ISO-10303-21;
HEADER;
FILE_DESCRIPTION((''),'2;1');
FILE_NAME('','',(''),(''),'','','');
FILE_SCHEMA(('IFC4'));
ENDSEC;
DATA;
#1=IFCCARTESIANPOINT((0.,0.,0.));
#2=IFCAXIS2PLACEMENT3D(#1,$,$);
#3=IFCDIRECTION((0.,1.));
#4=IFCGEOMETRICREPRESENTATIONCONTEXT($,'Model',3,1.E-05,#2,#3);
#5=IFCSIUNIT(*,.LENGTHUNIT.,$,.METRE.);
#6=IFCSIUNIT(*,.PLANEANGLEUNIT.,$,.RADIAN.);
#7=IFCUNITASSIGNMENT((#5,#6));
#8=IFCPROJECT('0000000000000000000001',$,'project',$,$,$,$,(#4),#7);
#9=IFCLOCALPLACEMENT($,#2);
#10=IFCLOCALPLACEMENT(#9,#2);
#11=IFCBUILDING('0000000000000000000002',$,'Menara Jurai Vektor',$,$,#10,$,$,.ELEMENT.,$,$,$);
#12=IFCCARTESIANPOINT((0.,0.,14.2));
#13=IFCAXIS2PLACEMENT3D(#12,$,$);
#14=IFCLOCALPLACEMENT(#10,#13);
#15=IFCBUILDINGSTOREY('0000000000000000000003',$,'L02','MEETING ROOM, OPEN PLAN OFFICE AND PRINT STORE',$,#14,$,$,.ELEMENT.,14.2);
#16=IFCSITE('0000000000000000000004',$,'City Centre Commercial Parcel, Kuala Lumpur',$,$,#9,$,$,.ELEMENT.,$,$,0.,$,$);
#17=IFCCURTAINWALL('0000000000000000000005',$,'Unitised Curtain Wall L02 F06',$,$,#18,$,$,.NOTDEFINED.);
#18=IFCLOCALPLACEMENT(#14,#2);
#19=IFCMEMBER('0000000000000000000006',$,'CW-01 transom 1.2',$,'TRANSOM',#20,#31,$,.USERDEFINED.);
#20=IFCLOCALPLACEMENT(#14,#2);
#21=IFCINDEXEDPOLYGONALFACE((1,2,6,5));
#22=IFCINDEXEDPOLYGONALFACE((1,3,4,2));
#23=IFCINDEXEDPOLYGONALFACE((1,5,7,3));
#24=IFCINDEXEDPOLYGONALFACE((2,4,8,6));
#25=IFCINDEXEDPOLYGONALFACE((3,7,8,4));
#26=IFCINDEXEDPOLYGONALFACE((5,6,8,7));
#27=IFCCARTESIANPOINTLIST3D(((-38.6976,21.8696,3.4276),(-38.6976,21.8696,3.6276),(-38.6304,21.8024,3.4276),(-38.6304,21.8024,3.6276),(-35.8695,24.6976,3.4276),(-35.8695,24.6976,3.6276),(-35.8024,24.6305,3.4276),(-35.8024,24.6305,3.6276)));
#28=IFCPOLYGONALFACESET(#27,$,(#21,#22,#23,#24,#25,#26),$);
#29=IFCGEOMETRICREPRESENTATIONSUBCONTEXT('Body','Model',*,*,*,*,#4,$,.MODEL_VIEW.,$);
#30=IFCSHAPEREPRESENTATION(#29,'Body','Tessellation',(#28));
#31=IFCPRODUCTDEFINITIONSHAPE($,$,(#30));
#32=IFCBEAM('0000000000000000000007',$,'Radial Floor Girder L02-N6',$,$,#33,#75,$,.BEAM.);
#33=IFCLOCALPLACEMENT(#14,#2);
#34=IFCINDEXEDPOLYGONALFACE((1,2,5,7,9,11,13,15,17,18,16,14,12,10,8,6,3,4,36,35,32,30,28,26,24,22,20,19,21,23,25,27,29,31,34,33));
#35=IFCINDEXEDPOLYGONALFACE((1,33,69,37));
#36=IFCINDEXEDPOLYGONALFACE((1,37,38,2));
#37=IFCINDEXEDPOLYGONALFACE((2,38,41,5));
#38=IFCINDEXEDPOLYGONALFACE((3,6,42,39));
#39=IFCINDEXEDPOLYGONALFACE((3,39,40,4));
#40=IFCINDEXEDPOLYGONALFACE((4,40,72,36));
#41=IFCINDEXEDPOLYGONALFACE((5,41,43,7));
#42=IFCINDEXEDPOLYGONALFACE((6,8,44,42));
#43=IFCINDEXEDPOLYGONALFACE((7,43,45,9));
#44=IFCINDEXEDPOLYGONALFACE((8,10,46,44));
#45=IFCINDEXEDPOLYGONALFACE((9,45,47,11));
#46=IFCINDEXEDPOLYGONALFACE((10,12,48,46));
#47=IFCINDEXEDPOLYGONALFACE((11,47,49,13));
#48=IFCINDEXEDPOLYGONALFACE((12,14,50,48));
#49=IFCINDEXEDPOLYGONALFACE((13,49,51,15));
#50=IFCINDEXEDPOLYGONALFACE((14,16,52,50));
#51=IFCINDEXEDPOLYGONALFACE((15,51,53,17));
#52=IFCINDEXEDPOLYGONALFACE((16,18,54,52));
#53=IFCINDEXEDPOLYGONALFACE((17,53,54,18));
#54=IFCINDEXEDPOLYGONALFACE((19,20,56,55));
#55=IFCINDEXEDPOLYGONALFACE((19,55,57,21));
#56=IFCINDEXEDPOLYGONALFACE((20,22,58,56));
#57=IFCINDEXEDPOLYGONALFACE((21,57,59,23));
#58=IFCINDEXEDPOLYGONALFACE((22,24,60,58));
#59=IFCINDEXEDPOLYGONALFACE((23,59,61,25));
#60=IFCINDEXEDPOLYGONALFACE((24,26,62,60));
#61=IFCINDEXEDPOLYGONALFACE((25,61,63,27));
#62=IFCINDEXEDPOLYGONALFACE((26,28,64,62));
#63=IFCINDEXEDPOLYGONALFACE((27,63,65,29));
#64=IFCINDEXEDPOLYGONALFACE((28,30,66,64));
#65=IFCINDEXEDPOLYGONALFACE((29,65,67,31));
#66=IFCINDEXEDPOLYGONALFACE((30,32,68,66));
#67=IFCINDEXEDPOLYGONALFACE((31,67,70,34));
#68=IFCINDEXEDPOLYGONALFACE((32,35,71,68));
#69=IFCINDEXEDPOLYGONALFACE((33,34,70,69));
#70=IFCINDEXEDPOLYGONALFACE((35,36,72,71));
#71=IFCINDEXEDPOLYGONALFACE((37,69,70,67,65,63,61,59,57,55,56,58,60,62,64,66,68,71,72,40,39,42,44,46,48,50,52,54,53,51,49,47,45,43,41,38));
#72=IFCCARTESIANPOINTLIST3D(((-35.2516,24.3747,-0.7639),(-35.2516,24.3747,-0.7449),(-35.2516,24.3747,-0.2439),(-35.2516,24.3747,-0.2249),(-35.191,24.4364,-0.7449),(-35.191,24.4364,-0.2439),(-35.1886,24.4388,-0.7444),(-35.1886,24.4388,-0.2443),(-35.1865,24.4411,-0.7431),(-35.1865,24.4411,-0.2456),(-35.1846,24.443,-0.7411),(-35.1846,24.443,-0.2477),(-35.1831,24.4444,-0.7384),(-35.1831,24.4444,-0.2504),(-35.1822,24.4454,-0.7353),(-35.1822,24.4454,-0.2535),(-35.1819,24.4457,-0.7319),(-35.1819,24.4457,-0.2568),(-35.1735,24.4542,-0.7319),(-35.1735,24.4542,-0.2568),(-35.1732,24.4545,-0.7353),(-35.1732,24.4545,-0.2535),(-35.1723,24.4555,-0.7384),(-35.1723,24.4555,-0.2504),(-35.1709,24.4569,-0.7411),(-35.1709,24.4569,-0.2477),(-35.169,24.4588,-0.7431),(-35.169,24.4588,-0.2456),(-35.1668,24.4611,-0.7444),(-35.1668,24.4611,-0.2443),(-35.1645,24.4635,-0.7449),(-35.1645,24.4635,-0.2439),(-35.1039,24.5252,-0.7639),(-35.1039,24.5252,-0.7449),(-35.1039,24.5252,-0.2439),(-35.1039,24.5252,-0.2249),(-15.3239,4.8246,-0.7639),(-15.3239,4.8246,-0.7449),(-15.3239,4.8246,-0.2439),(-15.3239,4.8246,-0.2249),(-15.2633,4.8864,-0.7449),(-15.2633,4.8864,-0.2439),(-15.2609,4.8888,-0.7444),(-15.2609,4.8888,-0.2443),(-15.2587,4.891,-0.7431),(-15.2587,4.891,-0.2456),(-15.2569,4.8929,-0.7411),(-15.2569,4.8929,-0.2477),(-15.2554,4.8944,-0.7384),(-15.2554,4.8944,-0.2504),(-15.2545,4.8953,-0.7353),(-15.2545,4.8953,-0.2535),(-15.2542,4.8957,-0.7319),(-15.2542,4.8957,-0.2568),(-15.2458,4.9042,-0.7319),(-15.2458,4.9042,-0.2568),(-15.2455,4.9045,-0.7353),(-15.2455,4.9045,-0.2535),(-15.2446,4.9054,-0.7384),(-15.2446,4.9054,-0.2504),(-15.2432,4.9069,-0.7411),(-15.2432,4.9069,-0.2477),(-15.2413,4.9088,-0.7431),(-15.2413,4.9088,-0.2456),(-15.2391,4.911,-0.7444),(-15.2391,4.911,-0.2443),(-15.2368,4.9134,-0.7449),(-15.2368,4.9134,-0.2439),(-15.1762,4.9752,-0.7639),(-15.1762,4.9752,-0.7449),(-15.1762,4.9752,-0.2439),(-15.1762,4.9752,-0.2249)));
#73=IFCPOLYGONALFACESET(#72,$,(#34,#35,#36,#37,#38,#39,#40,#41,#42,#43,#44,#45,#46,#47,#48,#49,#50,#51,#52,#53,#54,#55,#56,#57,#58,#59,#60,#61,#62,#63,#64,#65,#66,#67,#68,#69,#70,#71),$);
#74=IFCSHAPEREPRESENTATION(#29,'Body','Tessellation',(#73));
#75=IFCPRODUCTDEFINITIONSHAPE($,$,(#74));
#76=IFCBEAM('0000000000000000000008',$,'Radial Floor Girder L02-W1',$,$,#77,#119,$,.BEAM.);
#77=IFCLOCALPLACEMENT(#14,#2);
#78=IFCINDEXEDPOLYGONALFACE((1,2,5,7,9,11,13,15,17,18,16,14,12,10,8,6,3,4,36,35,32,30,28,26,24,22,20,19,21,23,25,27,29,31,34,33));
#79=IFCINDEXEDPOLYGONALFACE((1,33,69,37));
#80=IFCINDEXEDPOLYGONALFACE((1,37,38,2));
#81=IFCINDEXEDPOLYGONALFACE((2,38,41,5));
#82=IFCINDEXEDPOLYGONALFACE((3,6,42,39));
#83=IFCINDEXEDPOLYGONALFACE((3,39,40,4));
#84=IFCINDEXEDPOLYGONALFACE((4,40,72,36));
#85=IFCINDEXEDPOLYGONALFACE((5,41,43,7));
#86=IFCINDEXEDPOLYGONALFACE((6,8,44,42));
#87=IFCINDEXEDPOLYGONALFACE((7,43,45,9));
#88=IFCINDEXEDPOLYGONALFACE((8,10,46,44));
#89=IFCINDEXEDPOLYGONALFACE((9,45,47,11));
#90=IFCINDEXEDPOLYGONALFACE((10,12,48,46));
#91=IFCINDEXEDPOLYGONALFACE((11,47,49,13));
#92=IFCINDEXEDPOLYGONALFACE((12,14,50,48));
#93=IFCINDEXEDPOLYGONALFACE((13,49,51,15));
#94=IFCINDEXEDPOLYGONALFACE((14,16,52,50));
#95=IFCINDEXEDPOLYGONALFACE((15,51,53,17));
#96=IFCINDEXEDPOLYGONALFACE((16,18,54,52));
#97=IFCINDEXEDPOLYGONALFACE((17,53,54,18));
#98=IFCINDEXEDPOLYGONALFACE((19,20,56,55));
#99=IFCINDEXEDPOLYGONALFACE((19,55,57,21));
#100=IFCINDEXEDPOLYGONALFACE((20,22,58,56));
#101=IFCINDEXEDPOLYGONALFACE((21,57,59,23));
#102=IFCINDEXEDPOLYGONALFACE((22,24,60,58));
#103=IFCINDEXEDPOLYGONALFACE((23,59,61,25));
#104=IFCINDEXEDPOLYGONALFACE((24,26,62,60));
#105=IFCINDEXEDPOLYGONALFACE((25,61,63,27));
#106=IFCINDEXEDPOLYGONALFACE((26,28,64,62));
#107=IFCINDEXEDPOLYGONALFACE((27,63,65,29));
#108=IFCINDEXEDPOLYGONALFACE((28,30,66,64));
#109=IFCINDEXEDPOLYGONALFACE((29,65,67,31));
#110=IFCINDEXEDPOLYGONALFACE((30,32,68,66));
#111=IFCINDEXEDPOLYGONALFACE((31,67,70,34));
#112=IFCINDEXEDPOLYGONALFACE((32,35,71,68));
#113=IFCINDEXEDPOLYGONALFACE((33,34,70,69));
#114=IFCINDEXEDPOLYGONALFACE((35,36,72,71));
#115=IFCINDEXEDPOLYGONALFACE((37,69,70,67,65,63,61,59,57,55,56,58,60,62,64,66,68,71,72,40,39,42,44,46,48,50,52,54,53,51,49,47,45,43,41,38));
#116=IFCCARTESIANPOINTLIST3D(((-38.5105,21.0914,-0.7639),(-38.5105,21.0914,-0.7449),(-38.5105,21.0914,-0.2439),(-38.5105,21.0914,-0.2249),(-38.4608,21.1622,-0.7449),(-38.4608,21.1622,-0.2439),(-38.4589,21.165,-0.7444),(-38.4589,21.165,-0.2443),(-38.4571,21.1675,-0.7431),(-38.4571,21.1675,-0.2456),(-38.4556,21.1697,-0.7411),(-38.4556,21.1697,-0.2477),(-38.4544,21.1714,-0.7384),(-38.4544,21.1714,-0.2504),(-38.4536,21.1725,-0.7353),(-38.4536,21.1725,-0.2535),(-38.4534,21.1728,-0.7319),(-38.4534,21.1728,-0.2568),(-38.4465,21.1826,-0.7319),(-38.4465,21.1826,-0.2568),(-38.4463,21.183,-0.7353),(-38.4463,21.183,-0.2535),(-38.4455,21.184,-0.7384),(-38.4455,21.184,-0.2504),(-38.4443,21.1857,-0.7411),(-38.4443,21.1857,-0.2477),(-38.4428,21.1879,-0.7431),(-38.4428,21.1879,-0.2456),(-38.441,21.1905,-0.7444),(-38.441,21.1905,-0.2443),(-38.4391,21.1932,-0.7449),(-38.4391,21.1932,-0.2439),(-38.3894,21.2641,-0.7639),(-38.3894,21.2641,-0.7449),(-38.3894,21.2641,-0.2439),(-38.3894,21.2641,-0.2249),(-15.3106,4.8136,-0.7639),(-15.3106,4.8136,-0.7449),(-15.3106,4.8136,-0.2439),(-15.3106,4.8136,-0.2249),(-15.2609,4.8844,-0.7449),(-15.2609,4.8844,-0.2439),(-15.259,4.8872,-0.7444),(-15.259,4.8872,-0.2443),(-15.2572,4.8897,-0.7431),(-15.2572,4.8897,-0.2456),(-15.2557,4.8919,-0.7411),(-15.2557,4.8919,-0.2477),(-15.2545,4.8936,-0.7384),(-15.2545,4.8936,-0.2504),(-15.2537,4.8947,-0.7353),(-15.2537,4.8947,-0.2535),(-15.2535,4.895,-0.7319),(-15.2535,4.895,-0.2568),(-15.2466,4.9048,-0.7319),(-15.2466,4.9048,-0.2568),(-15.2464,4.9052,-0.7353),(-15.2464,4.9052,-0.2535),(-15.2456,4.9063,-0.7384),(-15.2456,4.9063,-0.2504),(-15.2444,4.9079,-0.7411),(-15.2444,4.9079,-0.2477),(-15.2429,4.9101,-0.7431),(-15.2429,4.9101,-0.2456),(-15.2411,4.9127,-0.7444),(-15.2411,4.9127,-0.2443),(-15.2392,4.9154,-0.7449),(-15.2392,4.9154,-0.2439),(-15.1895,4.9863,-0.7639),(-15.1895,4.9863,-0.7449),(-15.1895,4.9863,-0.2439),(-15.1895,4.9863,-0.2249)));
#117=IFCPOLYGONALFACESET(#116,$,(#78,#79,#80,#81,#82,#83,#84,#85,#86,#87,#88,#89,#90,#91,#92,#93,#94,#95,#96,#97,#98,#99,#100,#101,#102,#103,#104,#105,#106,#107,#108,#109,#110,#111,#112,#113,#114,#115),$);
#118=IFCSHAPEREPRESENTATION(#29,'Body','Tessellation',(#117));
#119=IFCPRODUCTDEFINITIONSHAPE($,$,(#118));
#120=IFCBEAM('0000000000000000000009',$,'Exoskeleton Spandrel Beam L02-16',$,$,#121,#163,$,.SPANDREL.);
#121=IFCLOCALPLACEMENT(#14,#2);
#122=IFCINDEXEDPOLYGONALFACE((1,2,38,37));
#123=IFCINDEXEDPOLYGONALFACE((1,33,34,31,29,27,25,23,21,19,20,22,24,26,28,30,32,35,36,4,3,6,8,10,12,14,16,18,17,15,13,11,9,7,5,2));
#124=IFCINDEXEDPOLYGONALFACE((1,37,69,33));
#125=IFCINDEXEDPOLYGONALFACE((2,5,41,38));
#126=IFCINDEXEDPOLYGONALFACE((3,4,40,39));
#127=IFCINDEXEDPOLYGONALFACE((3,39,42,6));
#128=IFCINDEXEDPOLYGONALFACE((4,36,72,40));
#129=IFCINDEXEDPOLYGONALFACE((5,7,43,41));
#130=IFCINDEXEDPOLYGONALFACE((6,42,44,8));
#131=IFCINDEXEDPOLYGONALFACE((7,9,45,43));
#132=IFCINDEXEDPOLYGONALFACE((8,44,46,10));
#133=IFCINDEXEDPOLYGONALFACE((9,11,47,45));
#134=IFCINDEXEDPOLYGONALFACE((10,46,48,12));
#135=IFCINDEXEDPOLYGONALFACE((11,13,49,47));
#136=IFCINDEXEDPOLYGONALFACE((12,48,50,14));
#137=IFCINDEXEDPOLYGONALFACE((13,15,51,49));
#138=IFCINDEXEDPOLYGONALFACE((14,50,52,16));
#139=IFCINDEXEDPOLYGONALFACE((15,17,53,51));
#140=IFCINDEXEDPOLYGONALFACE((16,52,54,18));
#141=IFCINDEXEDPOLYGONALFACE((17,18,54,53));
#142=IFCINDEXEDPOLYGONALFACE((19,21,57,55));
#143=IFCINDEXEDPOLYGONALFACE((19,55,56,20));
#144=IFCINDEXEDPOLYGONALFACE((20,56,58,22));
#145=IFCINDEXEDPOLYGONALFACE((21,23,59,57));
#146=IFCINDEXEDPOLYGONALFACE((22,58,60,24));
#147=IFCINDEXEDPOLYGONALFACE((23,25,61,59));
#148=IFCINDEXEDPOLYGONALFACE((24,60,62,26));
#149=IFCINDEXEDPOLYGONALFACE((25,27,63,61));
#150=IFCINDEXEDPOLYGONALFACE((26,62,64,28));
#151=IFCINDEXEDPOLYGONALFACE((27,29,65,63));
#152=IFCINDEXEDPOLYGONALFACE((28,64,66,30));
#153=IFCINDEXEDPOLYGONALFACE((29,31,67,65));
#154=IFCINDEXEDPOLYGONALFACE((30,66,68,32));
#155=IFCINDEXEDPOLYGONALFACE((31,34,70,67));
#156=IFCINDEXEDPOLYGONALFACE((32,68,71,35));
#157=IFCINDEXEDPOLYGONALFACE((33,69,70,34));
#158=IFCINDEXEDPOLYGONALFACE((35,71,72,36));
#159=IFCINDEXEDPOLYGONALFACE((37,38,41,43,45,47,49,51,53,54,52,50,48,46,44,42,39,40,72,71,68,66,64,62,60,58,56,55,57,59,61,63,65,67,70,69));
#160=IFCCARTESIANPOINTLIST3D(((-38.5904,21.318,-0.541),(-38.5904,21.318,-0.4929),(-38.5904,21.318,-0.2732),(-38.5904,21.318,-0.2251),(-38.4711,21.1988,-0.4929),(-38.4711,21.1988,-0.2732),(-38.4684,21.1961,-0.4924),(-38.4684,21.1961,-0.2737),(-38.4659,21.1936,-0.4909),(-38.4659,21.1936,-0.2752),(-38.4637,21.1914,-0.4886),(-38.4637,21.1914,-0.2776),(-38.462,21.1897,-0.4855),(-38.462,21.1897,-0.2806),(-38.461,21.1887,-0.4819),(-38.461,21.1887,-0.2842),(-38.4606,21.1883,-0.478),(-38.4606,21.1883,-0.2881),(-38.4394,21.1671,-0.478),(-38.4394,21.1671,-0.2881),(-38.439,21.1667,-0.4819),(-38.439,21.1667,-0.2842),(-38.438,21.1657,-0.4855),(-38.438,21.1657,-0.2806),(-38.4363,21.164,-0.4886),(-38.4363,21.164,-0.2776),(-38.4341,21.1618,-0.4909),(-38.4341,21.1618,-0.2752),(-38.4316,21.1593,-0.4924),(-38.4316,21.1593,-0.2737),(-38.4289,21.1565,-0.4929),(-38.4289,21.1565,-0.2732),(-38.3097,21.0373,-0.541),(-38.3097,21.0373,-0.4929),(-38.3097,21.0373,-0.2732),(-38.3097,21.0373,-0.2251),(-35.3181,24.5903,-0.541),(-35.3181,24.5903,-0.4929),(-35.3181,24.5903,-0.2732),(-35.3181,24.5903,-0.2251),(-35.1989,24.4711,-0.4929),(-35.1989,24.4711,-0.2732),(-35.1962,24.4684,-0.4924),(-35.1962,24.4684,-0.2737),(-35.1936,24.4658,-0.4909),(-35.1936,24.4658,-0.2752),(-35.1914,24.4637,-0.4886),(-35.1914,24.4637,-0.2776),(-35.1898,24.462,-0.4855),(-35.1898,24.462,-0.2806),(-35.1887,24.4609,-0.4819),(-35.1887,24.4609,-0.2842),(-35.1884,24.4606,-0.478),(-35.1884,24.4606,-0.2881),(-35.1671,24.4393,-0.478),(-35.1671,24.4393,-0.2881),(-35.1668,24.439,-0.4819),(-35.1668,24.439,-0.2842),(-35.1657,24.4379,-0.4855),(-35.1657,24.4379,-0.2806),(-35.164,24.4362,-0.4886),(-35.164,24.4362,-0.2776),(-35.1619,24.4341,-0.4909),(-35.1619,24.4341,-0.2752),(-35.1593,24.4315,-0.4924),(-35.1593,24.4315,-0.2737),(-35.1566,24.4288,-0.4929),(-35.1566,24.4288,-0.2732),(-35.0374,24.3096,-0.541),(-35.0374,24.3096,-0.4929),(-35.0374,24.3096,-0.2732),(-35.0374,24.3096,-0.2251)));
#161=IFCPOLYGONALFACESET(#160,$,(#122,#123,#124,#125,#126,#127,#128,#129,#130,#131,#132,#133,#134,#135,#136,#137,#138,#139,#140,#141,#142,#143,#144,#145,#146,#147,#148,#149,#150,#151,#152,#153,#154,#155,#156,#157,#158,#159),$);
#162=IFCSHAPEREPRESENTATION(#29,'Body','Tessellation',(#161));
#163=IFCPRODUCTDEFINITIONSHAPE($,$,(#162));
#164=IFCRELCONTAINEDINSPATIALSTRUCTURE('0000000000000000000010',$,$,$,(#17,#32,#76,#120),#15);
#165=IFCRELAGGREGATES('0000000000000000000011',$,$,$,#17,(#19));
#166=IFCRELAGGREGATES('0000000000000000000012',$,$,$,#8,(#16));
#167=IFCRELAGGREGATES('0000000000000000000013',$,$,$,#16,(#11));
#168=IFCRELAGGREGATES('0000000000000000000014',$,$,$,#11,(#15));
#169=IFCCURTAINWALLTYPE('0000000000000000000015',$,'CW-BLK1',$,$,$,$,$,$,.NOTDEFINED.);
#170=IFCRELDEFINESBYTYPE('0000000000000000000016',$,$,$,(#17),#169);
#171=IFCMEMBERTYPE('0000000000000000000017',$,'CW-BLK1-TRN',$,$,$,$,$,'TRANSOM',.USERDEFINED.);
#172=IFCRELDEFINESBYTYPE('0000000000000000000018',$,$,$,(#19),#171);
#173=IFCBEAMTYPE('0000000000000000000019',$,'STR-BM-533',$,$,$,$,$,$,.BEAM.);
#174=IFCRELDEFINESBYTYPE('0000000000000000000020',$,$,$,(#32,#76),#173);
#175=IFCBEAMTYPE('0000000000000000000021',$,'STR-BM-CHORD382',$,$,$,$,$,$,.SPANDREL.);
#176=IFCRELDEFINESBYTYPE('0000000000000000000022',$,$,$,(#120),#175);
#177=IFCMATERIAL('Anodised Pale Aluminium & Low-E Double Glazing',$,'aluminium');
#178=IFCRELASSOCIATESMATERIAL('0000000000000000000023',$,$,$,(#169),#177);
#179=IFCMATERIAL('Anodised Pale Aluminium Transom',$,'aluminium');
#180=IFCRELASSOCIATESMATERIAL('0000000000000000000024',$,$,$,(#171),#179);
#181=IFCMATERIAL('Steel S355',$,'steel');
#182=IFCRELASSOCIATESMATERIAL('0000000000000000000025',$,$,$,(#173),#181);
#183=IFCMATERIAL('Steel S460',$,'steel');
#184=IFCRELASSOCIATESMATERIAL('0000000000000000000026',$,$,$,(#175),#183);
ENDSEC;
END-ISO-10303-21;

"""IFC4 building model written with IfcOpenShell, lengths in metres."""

from ifc_helpers import new_model, si_unit, direction, frame, origin, origin_2d, place, context, subcontext, project, spatial, rectangle, i_section, extrude, material, material_profile, profile_set, type_object, element, aggregate, save


model = new_model("IFC4")

# Units and contexts
model_context = context("Model", 3, precision=1e-05, world=origin(), true_north=direction((0.0, 1.0)))
body_context = subcontext(model_context, "Body", "Model", "MODEL_VIEW")
ifc_project = project(units=[si_unit("LENGTHUNIT", "METRE"), si_unit("PLANEANGLEUNIT", "RADIAN")], contexts=[model_context])

# Site, building, storey
site_placement = place(None, origin())
site = spatial("IfcSite", under=ifc_project, at=site_placement, Name="City Centre Commercial Parcel, Kuala Lumpur", CompositionType="ELEMENT", RefElevation=0.0)
building_placement = place(site_placement, origin())
building = spatial("IfcBuilding", under=site, at=building_placement, Name="Menara Jurai Vektor", CompositionType="ELEMENT")
storey_placement = place(building_placement, frame((0.0, 0.0, 14.2)))
storey = spatial("IfcBuildingStorey", under=building, at=storey_placement, Name="L02", Description="MEETING ROOM, OPEN PLAN OFFICE AND PRINT STORE", CompositionType="ELEMENT", Elevation=14.2)

# Shared definitions
ifc_material_1 = material(Name="Steel S460", Category="steel")

# Curtain wall
ifc_material_2 = material(Name="Anodised Pale Aluminium & Low-E Double Glazing", Category="aluminium")
curtain_wall_type = type_object("IfcCurtainWallType", Name="CW-BLK1", PredefinedType="NOTDEFINED", material=ifc_material_2)
curtain_wall_1_placement = place(storey_placement, origin())
curtain_wall_1 = element("IfcCurtainWall", 1, at=curtain_wall_1_placement, inside=storey, type_object=curtain_wall_type, Name="Unitised Curtain Wall L02 F06", PredefinedType="NOTDEFINED")

# Member
ifc_material_3 = material(Name="Anodised Pale Aluminium Transom", Category="aluminium")
ifc_material_profile_1 = material_profile(ifc_material_3, rectangle(XDim=0.095, YDim=0.2, at=origin_2d()), Name="ALU TRN 95x200")
ifc_profile_set_1 = profile_set([ifc_material_profile_1], Name="Anodised Pale Aluminium Transom")
member_type_1 = type_object("IfcMemberType", Name="CW-BLK1-TRN", ElementType="TRANSOM", PredefinedType="USERDEFINED", material=ifc_profile_set_1)
member_1_placement = place(storey_placement, frame((-35.8359, 24.6641, 3.5276), z_axis=(-0.707107, -0.707107, 0.0), x_axis=(0.707107, -0.707107, 0.0)))
member_1 = element("IfcMember", 2, at=member_1_placement, type_object=member_type_1, Name="CW-01 transom 1.2", ObjectType="TRANSOM", PredefinedType="USERDEFINED", context=body_context, shape_type="SweptSolid", body=[
    extrude(rectangle(XDim=0.095, YDim=0.2, at=origin_2d()), origin(), (0.0, 0.0, 1.0), 3.9995),
])

# Beams
ifc_material_4 = material(Name="Steel S355", Category="steel")
ifc_material_profile_2 = material_profile(ifc_material_4, i_section(OverallWidth=0.2109, OverallDepth=0.5391, WebThickness=0.012, FlangeThickness=0.019, FilletRadius=0.0129, at=origin_2d()), Name="UKB 533x210x109")
ifc_profile_set_2 = profile_set([ifc_material_profile_2], Name="Steel S355")
beam_type_1 = type_object("IfcBeamType", Name="STR-BM-533", PredefinedType="BEAM", material=ifc_profile_set_2)
beam_1_placement = place(storey_placement, frame((-35.1777, 24.45, -0.4944), z_axis=(0.713839, -0.70031, 0.0), x_axis=(0.70031, 0.713839, 0.0)))
element("IfcBeam", 3, at=beam_1_placement, inside=storey, type_object=beam_type_1, Name="Radial Floor Girder L02-N6", PredefinedType="BEAM", context=body_context, shape_type="SweptSolid", body=[
    extrude(i_section(OverallWidth=0.2109, OverallDepth=0.5391, WebThickness=0.012, FlangeThickness=0.019, FilletRadius=0.0129, at=origin_2d()), origin(), (0.0, 0.0, 1.0), 27.9163),
])
beam_2_placement = place(storey_placement, frame((-38.45, 21.1777, -0.4944), z_axis=(0.818604, -0.574359, 0.0), x_axis=(0.574359, 0.818604, 0.0)))
element("IfcBeam", 4, at=beam_2_placement, inside=storey, type_object=beam_type_1, Name="Radial Floor Girder L02-W1", PredefinedType="BEAM", context=body_context, shape_type="SweptSolid", body=[
    extrude(i_section(OverallWidth=0.2109, OverallDepth=0.5391, WebThickness=0.012, FlangeThickness=0.019, FilletRadius=0.0129, at=origin_2d()), origin(), (0.0, 0.0, 1.0), 28.3408),
])
ifc_material_profile_3 = material_profile(ifc_material_1, i_section(OverallWidth=0.397, OverallDepth=0.3159, WebThickness=0.03, FlangeThickness=0.0481, FilletRadius=0.0149, at=origin_2d()), Name="HD 400x382")
ifc_profile_set_3 = profile_set([ifc_material_profile_3], Name="Steel S460")
beam_type_2 = type_object("IfcBeamType", Name="STR-BM-CHORD382", PredefinedType="SPANDREL", material=ifc_profile_set_3)
beam_3_placement = place(storey_placement, frame((-35.1777, 24.45, -0.3831), z_axis=(-0.707107, -0.707107, 0.0), x_axis=(0.707107, -0.707107, 0.0)))
element("IfcBeam", 5, at=beam_3_placement, inside=storey, type_object=beam_type_2, Name="Exoskeleton Spandrel Beam L02-16", PredefinedType="SPANDREL", context=body_context, shape_type="SweptSolid", body=[
    extrude(i_section(OverallWidth=0.397, OverallDepth=0.3159, WebThickness=0.03, FlangeThickness=0.0481, FilletRadius=0.0149, at=origin_2d()), origin(), (0.0, 0.0, 1.0), 4.6277),
])

aggregate(curtain_wall_1, [member_1])

save(model, "model.ifc")
